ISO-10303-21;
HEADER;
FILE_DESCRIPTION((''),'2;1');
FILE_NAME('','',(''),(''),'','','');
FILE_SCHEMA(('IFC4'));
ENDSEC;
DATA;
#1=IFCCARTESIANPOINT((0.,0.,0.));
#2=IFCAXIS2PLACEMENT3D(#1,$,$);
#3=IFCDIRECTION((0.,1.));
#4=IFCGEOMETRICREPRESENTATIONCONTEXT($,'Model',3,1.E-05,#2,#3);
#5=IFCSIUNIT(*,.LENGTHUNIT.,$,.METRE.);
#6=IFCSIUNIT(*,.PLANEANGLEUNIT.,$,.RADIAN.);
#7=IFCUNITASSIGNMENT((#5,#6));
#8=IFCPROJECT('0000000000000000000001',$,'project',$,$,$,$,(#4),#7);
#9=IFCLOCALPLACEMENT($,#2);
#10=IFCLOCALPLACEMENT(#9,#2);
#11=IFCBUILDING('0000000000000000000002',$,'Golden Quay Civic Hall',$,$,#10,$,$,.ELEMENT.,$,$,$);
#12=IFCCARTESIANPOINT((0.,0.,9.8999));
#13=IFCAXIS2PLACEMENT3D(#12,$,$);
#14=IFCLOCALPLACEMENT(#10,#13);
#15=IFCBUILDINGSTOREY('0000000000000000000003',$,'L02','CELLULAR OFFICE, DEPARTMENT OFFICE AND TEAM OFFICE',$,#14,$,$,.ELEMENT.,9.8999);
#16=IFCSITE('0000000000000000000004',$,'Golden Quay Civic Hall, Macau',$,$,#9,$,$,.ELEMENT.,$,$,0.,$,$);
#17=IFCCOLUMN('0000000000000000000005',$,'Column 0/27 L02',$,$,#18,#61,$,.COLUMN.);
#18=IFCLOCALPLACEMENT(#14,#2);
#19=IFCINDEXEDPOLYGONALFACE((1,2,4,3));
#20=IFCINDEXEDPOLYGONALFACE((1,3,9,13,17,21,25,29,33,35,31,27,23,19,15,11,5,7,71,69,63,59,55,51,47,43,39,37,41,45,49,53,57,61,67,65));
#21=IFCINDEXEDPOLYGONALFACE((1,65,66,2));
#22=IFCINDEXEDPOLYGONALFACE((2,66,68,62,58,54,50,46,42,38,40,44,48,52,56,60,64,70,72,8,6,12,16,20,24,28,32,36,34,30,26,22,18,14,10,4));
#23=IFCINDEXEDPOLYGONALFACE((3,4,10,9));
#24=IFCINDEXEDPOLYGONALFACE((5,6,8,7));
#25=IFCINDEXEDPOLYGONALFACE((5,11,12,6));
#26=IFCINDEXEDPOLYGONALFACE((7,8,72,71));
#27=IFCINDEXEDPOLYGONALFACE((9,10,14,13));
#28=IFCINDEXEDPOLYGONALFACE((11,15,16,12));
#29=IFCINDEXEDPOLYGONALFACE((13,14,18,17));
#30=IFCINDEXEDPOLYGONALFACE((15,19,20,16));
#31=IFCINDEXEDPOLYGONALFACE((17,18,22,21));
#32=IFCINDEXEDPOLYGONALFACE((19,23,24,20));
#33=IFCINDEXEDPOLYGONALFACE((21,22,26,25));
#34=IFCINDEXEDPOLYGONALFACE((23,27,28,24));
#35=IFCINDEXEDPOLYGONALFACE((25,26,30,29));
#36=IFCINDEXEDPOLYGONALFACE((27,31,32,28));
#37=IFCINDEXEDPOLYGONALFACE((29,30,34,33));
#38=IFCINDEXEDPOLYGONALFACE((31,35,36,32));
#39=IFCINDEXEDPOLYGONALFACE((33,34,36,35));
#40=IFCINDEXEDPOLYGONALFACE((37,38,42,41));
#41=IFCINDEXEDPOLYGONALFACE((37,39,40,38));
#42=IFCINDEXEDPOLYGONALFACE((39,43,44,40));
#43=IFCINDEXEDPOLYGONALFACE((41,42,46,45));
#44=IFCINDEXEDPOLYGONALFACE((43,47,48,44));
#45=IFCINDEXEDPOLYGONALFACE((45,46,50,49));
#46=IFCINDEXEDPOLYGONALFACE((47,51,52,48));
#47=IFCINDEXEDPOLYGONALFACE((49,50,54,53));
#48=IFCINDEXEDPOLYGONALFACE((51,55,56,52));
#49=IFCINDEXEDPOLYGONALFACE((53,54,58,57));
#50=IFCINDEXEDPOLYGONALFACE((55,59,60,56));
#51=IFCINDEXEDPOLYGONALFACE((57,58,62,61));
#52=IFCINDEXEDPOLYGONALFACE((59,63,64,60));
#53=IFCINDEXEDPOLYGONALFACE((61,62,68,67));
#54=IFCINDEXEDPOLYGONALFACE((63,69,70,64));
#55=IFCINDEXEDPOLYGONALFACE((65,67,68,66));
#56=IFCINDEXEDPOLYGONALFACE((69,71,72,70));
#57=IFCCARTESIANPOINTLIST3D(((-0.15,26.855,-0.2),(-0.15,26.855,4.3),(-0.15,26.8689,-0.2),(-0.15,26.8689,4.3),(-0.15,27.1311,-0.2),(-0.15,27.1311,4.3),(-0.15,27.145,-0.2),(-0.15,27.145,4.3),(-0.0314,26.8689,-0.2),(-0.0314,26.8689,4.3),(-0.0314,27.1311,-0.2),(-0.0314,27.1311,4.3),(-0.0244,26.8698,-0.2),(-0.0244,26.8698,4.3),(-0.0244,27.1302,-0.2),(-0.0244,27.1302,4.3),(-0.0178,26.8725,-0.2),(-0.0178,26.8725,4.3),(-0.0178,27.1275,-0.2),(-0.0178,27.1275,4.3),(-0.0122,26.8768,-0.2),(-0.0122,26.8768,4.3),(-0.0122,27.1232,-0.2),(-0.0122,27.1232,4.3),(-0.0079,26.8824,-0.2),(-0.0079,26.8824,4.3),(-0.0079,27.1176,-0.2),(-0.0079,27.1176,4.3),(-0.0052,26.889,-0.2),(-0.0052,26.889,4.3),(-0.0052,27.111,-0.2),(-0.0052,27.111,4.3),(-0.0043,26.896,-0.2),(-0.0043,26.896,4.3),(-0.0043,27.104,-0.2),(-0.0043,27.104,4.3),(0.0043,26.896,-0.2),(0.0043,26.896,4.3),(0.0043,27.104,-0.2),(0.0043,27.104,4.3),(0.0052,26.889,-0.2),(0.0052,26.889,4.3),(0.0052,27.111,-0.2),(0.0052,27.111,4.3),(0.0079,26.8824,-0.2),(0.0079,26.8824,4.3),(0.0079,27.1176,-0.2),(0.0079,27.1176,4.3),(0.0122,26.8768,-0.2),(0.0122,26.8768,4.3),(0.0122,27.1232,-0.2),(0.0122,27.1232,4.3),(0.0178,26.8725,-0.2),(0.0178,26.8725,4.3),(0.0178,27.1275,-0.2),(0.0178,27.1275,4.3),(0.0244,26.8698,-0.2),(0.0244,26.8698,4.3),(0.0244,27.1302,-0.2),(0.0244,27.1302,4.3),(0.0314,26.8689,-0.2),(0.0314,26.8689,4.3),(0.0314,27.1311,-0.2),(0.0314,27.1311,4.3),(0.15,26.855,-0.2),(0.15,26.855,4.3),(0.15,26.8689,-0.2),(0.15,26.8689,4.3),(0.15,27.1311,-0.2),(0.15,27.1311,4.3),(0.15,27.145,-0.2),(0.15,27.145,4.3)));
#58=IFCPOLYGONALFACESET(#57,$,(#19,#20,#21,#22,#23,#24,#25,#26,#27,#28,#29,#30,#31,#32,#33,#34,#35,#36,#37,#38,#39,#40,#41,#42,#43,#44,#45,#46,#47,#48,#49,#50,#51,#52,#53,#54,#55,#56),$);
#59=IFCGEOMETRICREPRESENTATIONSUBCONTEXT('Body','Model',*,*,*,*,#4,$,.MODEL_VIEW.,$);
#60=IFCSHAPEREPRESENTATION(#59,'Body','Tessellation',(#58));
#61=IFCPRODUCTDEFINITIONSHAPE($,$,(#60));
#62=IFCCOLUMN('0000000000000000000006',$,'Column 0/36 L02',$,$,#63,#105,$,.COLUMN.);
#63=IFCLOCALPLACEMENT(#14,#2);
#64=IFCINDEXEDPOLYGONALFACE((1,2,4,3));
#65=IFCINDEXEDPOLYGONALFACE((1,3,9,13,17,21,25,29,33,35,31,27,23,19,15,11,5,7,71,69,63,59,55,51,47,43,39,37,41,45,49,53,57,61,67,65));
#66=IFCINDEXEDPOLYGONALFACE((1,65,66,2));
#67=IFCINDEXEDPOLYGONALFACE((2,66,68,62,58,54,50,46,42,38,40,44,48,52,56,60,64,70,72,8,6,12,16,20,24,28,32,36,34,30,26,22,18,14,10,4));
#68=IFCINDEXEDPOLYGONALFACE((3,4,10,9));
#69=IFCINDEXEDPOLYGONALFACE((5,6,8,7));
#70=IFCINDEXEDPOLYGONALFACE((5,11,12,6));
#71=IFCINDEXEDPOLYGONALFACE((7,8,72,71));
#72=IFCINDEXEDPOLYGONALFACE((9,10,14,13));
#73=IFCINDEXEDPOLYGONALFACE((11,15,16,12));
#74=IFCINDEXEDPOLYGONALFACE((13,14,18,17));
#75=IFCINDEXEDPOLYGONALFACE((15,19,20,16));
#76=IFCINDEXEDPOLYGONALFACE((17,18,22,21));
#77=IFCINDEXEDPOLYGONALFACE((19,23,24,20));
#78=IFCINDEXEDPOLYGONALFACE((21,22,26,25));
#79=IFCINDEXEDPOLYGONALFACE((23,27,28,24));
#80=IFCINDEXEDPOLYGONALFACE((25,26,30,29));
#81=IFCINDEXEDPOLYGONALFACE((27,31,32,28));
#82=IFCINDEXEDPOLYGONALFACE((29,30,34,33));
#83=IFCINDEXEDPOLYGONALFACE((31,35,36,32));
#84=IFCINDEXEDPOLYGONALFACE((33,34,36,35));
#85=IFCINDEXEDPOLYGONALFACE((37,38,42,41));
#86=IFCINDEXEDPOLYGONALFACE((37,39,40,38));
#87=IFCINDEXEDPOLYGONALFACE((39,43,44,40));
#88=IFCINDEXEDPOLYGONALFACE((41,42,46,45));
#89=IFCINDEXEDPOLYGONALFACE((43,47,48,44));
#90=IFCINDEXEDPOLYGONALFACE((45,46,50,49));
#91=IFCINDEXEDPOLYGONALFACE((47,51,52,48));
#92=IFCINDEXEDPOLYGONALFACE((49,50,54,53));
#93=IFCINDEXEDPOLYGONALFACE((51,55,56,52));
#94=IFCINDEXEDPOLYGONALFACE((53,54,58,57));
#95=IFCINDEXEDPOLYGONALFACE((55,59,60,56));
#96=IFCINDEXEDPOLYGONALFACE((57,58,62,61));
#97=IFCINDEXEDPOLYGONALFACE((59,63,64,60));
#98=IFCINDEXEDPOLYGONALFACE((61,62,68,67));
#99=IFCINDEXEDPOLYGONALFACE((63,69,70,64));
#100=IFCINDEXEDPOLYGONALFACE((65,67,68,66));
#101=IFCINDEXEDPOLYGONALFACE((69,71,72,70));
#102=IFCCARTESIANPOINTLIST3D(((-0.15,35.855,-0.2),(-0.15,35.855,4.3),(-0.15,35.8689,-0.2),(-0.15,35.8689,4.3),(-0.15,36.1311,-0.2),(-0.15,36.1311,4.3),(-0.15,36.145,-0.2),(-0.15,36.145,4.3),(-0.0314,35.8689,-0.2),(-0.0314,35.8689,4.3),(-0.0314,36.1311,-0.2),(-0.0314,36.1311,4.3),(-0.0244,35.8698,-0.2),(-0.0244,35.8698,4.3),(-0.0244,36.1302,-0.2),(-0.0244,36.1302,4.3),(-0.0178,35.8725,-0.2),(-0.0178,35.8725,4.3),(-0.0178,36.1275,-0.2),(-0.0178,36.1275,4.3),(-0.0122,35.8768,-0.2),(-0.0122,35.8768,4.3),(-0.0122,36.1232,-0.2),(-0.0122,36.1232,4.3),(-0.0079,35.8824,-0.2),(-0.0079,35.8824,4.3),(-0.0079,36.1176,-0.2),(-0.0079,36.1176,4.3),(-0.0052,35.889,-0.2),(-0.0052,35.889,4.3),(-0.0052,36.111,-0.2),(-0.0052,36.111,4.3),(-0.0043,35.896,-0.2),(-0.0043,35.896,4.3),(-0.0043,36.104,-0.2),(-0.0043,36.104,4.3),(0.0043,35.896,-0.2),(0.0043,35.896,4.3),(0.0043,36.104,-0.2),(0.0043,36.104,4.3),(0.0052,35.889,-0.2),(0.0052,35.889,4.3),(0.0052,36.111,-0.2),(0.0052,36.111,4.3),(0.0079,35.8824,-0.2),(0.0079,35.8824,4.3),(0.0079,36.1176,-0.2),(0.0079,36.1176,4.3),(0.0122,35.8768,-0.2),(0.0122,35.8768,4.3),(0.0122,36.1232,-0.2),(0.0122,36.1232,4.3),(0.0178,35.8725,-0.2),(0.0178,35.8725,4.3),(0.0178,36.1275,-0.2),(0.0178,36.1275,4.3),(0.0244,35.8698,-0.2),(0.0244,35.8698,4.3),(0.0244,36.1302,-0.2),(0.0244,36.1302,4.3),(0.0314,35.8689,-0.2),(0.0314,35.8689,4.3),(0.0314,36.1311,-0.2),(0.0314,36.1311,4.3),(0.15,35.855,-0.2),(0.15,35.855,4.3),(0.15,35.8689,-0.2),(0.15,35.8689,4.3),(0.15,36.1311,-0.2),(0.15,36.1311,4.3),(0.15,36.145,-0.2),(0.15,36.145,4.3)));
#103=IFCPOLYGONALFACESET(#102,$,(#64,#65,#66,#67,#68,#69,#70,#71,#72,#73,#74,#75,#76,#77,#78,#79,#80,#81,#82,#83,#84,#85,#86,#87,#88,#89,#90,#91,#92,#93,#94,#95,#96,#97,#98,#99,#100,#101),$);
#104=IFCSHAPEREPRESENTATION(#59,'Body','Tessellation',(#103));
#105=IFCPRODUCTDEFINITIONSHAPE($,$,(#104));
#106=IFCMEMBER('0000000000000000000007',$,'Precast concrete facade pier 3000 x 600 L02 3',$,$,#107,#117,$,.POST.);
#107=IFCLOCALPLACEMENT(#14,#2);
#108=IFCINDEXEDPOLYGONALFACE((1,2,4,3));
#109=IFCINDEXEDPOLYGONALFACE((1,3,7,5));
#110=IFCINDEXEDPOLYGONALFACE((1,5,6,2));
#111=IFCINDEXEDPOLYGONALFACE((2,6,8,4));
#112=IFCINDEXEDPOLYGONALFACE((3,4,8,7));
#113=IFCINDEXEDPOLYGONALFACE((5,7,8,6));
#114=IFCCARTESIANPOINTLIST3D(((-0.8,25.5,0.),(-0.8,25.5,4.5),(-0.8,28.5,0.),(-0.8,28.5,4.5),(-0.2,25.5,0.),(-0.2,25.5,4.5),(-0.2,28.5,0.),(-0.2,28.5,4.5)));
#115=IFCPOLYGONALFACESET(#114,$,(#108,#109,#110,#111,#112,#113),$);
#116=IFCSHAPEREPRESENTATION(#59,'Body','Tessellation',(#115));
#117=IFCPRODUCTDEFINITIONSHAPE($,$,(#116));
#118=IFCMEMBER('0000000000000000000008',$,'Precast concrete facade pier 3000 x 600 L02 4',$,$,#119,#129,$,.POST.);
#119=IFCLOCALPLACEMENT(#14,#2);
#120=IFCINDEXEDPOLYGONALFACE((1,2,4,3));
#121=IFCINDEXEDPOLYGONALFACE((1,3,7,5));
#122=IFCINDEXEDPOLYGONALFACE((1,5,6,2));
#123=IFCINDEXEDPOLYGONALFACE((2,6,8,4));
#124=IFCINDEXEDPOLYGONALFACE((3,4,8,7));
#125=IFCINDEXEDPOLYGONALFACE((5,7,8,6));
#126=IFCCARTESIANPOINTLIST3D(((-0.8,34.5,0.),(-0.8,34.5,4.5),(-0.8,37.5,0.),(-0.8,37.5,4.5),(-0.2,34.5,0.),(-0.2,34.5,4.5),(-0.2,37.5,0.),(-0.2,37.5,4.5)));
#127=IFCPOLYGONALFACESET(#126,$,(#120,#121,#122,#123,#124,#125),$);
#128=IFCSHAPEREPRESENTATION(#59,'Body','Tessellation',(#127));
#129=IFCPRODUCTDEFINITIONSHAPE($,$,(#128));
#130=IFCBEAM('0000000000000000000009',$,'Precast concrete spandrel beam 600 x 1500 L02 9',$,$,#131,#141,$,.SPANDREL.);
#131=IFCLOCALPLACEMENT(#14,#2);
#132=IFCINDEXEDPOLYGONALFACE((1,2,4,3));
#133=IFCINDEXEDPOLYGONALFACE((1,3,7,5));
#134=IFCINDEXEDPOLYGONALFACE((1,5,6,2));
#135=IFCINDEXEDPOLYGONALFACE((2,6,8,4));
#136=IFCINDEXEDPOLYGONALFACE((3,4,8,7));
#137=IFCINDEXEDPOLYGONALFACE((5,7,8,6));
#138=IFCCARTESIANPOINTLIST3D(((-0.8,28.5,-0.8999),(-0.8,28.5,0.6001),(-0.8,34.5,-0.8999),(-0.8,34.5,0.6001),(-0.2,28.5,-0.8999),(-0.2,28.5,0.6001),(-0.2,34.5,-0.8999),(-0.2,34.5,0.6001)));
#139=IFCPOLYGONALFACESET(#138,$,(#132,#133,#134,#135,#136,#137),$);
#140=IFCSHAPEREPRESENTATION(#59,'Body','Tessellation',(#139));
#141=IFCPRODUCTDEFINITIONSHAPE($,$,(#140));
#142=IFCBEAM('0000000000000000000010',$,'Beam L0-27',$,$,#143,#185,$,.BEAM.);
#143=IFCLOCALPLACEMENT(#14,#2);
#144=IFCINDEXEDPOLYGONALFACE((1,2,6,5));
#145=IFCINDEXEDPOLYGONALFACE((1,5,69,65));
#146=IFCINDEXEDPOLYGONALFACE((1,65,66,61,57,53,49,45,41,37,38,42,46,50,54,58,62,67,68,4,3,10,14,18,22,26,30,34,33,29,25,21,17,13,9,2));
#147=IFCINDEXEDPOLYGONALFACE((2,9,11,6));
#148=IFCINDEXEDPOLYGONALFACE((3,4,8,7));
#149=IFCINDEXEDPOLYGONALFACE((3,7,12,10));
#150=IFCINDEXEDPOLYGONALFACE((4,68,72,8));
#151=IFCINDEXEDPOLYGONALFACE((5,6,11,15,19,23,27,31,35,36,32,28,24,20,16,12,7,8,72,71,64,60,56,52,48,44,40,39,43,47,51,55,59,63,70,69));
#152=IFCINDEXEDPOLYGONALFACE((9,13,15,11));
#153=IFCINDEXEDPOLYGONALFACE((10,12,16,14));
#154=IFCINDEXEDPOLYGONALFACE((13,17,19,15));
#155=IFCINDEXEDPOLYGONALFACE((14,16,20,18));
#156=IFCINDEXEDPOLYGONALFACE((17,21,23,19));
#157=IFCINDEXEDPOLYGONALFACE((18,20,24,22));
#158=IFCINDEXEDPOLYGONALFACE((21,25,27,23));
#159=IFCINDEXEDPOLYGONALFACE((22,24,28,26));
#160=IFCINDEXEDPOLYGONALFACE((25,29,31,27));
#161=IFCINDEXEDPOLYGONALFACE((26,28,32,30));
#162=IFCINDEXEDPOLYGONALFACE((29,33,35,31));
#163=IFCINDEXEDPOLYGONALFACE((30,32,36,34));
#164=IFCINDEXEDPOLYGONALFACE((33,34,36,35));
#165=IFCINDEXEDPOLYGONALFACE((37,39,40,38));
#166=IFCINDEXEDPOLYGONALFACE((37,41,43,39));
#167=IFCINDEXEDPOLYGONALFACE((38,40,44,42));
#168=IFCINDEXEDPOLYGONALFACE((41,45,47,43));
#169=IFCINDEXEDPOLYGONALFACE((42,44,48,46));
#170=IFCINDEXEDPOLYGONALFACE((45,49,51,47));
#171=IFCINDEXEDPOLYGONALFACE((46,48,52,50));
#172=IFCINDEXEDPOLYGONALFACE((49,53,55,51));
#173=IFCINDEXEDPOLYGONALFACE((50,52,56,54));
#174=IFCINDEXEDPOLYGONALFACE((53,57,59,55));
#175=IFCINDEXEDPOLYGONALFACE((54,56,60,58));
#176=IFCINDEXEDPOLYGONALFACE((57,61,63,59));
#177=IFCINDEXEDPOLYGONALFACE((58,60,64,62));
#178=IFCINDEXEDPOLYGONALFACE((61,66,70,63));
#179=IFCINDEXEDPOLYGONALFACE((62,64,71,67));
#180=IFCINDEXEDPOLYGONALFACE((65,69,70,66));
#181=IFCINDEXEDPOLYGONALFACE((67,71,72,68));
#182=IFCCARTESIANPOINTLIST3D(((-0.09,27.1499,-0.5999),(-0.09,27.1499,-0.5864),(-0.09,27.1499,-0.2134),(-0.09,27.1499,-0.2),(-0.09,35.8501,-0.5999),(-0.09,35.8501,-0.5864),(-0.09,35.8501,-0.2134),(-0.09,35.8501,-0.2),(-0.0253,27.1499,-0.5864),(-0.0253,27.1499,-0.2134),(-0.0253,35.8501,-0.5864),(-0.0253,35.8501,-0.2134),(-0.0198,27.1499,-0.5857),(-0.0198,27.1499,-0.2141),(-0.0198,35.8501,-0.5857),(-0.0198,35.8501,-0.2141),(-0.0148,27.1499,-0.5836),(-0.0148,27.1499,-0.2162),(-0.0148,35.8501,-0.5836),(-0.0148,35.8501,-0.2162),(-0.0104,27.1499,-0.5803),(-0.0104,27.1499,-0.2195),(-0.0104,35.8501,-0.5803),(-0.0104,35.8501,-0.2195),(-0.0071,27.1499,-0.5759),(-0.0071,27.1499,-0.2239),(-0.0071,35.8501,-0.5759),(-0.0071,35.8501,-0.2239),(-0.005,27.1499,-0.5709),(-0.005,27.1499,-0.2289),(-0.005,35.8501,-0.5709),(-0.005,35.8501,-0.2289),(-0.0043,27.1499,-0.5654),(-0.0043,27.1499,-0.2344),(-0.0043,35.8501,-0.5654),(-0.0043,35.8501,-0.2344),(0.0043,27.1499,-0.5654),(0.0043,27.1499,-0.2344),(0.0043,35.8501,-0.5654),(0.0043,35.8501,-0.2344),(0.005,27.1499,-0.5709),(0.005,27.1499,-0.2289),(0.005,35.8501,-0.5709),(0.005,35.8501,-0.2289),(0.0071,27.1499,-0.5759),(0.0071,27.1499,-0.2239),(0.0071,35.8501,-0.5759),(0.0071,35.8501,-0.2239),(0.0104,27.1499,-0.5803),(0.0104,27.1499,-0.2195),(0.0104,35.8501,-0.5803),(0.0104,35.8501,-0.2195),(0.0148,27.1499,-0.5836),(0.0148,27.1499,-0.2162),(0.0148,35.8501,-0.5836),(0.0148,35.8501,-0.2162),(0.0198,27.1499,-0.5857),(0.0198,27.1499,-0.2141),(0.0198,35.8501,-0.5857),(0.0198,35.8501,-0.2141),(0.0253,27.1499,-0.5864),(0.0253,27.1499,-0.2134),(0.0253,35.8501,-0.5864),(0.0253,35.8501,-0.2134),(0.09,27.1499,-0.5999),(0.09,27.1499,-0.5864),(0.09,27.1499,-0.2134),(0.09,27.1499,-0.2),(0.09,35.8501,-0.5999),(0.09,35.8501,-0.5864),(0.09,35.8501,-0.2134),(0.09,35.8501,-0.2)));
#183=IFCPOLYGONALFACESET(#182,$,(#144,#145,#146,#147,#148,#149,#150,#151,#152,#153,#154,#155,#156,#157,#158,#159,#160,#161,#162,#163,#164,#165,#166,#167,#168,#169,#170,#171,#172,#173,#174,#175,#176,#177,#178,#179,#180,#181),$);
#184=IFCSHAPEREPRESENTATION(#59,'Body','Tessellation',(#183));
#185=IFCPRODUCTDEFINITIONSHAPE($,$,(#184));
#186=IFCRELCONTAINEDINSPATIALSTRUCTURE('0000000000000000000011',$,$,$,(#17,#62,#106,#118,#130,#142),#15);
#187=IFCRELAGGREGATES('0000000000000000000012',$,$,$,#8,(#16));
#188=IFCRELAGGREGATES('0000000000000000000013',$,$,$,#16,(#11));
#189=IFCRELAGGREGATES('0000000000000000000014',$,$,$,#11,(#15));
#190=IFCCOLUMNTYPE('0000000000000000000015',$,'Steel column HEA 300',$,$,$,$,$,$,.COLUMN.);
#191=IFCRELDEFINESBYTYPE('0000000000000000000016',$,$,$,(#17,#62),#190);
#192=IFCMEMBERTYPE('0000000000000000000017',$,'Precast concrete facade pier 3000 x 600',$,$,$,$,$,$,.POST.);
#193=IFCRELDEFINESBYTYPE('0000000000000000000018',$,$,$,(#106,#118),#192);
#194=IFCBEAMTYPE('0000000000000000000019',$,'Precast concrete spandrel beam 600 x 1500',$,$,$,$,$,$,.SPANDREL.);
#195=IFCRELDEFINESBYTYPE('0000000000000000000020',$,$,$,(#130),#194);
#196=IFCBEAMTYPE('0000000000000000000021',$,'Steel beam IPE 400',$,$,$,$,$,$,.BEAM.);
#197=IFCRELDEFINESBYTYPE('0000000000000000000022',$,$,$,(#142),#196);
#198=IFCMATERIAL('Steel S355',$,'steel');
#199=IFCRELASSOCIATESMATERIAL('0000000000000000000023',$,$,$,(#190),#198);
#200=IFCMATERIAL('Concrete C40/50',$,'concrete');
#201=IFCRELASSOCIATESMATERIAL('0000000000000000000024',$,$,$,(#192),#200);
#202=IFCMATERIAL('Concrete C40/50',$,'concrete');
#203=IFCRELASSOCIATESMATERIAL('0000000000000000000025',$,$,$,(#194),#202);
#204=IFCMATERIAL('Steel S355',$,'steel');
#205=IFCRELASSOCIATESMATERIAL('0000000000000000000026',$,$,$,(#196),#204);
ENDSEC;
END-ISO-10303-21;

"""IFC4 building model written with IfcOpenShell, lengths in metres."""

from ifc_helpers import new_model, si_unit, direction, frame, origin, origin_2d, place, context, subcontext, project, spatial, rectangle, i_section, extrude, material, material_profile, profile_set, type_object, element, save


model = new_model("IFC4")

# Units and contexts
model_context = context("Model", 3, precision=1e-05, world=origin(), true_north=direction((0.0, 1.0)))
body_context = subcontext(model_context, "Body", "Model", "MODEL_VIEW")
ifc_project = project(units=[si_unit("LENGTHUNIT", "METRE"), si_unit("PLANEANGLEUNIT", "RADIAN")], contexts=[model_context])

# Site, building, storey
site_placement = place(None, origin())
site = spatial("IfcSite", under=ifc_project, at=site_placement, Name="Golden Quay Civic Hall, Macau", CompositionType="ELEMENT", RefElevation=0.0)
building_placement = place(site_placement, origin())
building = spatial("IfcBuilding", under=site, at=building_placement, Name="Golden Quay Civic Hall", CompositionType="ELEMENT")
storey_placement = place(building_placement, frame((0.0, 0.0, 9.8999)))
storey = spatial("IfcBuildingStorey", under=building, at=storey_placement, Name="L02", Description="CELLULAR OFFICE, DEPARTMENT OFFICE AND TEAM OFFICE", CompositionType="ELEMENT", Elevation=9.8999)

# Columns
ifc_material_1 = material(Name="Steel S355", Category="steel")
ifc_material_profile_1 = material_profile(ifc_material_1, i_section(OverallWidth=0.3, OverallDepth=0.29, WebThickness=0.0085, FlangeThickness=0.0139, FilletRadius=0.0271, at=origin_2d()), Name="HEA 300")
ifc_profile_set_1 = profile_set([ifc_material_profile_1], Name="Steel S355")
column_type = type_object("IfcColumnType", Name="Steel column HEA 300", PredefinedType="COLUMN", material=ifc_profile_set_1)
for number, where, z_axis, x_axis, name in (
    (1, (0.0, 27.0, -0.2), (0.0, 0.0, 1.0), (1.0, 0.0, 0.0), "Column 0/27 L02"),
    (2, (0.0, 36.0, -0.2), (0.0, 0.0, 1.0), (1.0, 0.0, 0.0), "Column 0/36 L02"),
):
    element("IfcColumn", number, at=place(storey_placement, frame(where, z_axis=z_axis, x_axis=x_axis)), inside=storey, type_object=column_type, Name=name, PredefinedType="COLUMN", context=body_context, shape_type="SweptSolid", body=[
        extrude(i_section(OverallWidth=0.3, OverallDepth=0.29, WebThickness=0.0085, FlangeThickness=0.0139, FilletRadius=0.0271, at=origin_2d()), origin(), (0.0, 0.0, 1.0), 4.5),
    ])

# Members
ifc_material_2 = material(Name="Concrete C40/50", Category="concrete")
ifc_material_profile_2 = material_profile(ifc_material_2, rectangle(XDim=3.0, YDim=0.6001, at=origin_2d()), Name="RC 3000x600")
ifc_profile_set_2 = profile_set([ifc_material_profile_2], Name="Concrete C40/50")
member_type = type_object("IfcMemberType", Name="Precast concrete facade pier 3000 x 600", PredefinedType="POST", material=ifc_profile_set_2)
for number, where, z_axis, x_axis, name in (
    (3, (-0.5, 27.0, 0.0), (0.0, 0.0, 1.0), (0.0, 1.0, 0.0), "Precast concrete facade pier 3000 x 600 L02 3"),
    (4, (-0.5, 36.0, 0.0), (0.0, 0.0, 1.0), (0.0, 1.0, 0.0), "Precast concrete facade pier 3000 x 600 L02 4"),
):
    element("IfcMember", number, at=place(storey_placement, frame(where, z_axis=z_axis, x_axis=x_axis)), inside=storey, type_object=member_type, Name=name, PredefinedType="POST", context=body_context, shape_type="SweptSolid", body=[
        extrude(rectangle(XDim=3.0, YDim=0.6001, at=origin_2d()), origin(), (0.0, 0.0, 1.0), 4.5),
    ])

# Beams
ifc_material_3 = material(Name="Concrete C40/50", Category="concrete")
ifc_material_profile_3 = material_profile(ifc_material_3, rectangle(XDim=0.6001, YDim=1.5, at=origin_2d()), Name="RC 600x1500")
ifc_profile_set_3 = profile_set([ifc_material_profile_3], Name="Concrete C40/50")
beam_type_1 = type_object("IfcBeamType", Name="Precast concrete spandrel beam 600 x 1500", PredefinedType="SPANDREL", material=ifc_profile_set_3)
beam_placement = place(storey_placement, frame((-0.5, 28.5, -0.1499), z_axis=(0.0, 1.0, 0.0), x_axis=(-1.0, 0.0, 0.0)))
element("IfcBeam", 5, at=beam_placement, inside=storey, type_object=beam_type_1, Name="Precast concrete spandrel beam 600 x 1500 L02 9", PredefinedType="SPANDREL", context=body_context, shape_type="SweptSolid", body=[
    extrude(rectangle(XDim=0.6001, YDim=1.5, at=origin_2d()), origin(), (0.0, 0.0, 1.0), 6.0),
])
ifc_material_4 = material(Name="Steel S355", Category="steel")
ifc_material_profile_4 = material_profile(ifc_material_4, i_section(OverallWidth=0.1799, OverallDepth=0.3999, WebThickness=0.0085, FlangeThickness=0.0134, FilletRadius=0.021, at=origin_2d()), Name="IPE 400")
ifc_profile_set_4 = profile_set([ifc_material_profile_4], Name="Steel S355")
beam_type_2 = type_object("IfcBeamType", Name="Steel beam IPE 400", PredefinedType="BEAM", material=ifc_profile_set_4)
for number, where, z_axis, x_axis, name in (
    (6, (0.0, 27.1499, -0.3999), (0.0, 1.0, 0.0), (-1.0, 0.0, 0.0), "Beam L0-27"),
):
    element("IfcBeam", number, at=place(storey_placement, frame(where, z_axis=z_axis, x_axis=x_axis)), inside=storey, type_object=beam_type_2, Name=name, PredefinedType="BEAM", context=body_context, shape_type="SweptSolid", body=[
        extrude(i_section(OverallWidth=0.1799, OverallDepth=0.3999, WebThickness=0.0085, FlangeThickness=0.0134, FilletRadius=0.021, at=origin_2d()), origin(), (0.0, 0.0, 1.0), 8.7002),
    ])

save(model, "model.ifc")
